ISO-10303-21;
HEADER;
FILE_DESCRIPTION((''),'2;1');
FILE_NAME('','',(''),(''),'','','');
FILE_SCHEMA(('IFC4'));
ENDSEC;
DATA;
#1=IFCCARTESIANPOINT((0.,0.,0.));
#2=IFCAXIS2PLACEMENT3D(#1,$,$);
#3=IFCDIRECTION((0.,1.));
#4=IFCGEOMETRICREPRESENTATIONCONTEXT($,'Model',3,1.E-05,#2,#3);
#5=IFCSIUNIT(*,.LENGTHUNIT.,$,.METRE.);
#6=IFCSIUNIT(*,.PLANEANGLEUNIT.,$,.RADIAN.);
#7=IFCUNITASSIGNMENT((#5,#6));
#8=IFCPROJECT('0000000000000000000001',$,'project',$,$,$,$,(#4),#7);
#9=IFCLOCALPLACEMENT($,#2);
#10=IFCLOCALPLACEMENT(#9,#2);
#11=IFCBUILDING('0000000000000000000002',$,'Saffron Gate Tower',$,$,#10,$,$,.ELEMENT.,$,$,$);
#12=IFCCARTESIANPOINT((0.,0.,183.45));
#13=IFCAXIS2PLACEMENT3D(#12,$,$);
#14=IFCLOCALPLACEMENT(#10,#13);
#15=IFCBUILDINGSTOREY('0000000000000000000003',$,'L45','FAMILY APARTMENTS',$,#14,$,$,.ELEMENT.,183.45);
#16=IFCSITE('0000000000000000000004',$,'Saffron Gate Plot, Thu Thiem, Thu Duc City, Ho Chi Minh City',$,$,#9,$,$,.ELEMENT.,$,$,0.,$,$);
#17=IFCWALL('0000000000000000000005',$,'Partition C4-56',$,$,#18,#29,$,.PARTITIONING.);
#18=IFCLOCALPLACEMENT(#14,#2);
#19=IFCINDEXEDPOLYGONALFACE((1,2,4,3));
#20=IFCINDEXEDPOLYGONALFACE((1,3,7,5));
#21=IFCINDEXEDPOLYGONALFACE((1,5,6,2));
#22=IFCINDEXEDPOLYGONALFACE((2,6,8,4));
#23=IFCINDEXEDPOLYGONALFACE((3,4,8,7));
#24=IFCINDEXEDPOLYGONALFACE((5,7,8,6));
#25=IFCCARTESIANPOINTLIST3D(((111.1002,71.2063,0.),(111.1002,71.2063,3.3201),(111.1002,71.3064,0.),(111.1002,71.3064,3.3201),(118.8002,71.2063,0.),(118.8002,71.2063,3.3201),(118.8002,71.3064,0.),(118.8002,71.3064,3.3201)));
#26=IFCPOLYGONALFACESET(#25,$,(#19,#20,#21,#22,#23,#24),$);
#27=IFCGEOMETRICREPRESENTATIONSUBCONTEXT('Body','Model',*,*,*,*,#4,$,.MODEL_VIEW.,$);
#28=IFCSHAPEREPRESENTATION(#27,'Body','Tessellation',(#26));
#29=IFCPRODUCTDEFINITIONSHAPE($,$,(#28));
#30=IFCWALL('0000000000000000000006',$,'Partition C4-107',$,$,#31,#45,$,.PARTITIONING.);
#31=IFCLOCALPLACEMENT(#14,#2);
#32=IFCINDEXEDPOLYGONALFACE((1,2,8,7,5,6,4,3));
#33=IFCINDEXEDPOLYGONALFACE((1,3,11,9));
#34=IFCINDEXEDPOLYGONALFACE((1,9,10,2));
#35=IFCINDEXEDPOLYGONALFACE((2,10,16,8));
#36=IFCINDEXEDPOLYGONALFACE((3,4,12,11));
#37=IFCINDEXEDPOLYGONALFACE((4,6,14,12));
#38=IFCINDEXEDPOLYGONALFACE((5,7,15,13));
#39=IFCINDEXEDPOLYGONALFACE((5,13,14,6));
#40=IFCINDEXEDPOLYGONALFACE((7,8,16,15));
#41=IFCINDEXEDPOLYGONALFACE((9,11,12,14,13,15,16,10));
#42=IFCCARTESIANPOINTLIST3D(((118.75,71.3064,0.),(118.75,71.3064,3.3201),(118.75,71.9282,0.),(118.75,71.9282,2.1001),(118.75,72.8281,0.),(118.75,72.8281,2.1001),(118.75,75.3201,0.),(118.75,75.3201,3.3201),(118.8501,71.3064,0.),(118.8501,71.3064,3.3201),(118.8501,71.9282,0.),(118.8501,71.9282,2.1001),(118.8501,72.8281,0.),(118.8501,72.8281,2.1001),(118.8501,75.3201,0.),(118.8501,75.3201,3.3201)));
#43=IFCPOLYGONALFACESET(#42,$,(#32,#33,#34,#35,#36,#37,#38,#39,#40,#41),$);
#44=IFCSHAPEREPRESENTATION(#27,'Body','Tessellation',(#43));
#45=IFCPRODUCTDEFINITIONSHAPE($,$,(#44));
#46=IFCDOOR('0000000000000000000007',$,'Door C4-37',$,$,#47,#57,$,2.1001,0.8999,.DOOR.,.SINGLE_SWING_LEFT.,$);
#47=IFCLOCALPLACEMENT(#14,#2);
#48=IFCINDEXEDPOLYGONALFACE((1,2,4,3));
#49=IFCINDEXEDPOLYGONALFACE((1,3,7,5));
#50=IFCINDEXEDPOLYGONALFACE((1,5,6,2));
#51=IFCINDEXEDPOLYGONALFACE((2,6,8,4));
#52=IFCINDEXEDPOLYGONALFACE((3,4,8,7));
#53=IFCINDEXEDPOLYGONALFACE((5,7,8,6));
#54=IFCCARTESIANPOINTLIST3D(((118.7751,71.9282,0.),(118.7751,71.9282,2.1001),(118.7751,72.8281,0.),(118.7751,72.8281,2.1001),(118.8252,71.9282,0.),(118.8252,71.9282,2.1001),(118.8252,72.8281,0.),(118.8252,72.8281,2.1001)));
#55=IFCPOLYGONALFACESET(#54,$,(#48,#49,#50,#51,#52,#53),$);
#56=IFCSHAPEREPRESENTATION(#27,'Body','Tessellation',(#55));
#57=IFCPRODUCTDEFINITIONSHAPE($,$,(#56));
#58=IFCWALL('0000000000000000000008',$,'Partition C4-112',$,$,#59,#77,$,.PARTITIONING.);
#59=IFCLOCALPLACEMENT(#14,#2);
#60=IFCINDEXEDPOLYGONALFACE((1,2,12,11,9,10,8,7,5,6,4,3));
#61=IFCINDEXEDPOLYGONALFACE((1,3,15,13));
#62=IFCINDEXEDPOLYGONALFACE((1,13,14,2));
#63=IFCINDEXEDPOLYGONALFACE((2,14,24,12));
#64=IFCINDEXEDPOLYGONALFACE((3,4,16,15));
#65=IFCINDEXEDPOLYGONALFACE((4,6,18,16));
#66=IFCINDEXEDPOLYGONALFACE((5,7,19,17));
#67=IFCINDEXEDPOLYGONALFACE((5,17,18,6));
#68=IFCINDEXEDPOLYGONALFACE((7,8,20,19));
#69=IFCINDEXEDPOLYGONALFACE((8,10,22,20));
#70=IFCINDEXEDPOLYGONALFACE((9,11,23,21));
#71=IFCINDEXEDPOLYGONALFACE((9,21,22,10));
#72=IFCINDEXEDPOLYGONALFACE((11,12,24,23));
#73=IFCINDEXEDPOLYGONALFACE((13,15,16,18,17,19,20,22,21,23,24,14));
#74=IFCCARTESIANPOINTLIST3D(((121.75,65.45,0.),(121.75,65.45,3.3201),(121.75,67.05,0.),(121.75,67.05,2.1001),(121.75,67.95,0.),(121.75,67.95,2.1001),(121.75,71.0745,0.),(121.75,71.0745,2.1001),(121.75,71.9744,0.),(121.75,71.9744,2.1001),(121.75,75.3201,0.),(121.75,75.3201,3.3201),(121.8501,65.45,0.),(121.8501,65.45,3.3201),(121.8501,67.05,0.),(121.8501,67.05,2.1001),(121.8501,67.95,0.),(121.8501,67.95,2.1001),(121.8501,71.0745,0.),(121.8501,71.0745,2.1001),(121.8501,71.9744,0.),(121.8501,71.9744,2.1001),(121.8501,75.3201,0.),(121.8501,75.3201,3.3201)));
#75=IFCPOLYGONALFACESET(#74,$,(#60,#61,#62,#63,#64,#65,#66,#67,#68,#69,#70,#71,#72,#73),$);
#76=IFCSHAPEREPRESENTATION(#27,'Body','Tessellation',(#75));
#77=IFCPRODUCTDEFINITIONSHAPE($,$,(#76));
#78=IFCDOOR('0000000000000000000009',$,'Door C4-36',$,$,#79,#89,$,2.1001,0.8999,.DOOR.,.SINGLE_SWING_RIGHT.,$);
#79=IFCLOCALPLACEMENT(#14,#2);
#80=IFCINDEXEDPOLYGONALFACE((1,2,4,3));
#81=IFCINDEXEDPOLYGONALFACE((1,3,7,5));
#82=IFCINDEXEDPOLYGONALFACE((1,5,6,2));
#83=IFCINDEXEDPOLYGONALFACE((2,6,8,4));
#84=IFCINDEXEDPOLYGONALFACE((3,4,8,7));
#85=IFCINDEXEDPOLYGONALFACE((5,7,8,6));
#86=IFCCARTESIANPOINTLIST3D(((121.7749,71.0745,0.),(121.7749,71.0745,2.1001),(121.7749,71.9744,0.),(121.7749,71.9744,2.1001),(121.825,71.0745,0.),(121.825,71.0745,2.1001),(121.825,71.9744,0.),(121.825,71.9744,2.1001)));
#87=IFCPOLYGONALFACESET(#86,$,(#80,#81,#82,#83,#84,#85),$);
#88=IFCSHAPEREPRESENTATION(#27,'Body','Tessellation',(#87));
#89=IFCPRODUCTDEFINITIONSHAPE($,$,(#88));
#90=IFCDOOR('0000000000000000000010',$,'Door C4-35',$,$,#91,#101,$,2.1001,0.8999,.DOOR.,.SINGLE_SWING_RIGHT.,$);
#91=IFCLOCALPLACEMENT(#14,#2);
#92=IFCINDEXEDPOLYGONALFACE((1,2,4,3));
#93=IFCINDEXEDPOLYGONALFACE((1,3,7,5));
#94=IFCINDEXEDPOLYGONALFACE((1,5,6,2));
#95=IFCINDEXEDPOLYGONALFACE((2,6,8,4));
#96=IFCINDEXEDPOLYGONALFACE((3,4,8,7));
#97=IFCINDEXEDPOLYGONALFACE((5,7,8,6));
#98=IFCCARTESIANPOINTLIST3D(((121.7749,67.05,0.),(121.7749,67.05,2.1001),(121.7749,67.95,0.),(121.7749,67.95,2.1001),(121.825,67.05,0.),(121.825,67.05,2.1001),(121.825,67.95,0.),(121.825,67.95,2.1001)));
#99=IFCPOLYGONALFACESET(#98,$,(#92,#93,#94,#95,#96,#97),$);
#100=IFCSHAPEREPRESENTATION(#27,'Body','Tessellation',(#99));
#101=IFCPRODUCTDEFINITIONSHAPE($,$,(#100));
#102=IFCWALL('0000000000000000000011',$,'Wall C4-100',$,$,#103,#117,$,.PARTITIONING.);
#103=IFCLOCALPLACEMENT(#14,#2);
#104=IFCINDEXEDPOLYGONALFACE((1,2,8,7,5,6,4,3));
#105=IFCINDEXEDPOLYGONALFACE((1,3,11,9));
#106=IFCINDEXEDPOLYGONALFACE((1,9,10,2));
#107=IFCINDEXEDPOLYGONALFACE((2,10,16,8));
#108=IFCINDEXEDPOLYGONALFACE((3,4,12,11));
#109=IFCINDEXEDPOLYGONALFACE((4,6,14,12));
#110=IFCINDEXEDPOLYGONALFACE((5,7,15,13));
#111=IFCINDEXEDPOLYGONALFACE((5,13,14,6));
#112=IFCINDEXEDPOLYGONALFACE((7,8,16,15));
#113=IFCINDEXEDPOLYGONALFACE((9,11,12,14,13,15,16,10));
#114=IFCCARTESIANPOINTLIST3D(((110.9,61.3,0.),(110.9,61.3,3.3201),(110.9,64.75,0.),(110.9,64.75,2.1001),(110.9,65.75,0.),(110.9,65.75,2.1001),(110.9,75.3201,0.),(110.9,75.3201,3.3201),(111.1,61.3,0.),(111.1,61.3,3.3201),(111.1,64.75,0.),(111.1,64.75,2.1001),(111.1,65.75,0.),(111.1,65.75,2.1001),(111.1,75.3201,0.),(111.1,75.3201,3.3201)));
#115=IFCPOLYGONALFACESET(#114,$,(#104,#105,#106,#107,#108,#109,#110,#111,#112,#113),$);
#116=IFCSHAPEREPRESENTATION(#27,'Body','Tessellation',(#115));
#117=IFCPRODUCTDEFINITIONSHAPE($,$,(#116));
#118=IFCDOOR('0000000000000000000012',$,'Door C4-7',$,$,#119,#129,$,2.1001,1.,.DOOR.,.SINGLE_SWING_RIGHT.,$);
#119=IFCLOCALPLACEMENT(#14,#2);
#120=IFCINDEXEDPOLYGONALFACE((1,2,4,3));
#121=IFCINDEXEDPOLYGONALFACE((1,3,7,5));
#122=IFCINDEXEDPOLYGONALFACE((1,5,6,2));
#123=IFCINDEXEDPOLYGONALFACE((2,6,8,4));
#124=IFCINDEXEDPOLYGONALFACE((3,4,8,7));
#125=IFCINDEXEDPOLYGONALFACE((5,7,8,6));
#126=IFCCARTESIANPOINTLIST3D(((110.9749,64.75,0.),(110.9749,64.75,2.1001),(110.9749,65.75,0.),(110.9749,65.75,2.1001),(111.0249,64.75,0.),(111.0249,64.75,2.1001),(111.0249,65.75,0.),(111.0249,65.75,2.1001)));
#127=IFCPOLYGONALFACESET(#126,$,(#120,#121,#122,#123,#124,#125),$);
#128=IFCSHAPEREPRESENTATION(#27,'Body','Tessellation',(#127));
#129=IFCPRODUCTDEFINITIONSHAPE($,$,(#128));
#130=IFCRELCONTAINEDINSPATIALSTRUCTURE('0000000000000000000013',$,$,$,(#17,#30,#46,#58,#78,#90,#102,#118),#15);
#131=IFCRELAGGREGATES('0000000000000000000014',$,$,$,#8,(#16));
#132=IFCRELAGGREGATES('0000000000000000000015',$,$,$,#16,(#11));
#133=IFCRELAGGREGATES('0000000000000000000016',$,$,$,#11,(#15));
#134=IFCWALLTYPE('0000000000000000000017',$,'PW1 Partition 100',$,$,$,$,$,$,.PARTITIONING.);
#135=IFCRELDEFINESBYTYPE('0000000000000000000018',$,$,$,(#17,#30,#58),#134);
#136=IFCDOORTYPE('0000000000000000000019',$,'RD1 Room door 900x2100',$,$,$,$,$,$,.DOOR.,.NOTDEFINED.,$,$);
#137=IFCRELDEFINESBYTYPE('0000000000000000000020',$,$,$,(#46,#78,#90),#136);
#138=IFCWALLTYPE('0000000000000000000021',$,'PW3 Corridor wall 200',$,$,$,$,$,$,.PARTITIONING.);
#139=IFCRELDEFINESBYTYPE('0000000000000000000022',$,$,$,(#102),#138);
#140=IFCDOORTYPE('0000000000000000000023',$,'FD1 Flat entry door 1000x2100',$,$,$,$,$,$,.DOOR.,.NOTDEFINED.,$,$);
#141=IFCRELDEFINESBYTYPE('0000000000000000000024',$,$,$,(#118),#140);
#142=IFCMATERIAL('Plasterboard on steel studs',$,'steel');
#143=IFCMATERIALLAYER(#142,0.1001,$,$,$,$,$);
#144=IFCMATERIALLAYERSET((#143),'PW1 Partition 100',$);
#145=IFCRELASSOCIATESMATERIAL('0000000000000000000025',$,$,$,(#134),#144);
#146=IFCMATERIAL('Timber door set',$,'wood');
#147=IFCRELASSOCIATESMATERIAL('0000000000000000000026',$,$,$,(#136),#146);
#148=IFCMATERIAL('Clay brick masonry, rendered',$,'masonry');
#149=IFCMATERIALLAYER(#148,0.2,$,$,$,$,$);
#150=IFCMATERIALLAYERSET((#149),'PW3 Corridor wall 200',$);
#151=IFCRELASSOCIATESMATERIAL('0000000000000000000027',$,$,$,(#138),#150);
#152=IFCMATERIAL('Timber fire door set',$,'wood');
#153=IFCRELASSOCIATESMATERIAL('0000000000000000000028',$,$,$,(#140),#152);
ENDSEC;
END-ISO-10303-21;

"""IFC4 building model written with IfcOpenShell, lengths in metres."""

from ifc_helpers import new_model, si_unit, direction, frame, frame_2d, origin, place, context, subcontext, project, spatial, rectangle, extrude, material, layer, layer_set, type_object, element, fill, save


model = new_model("IFC4")

# Units and contexts
model_context = context("Model", 3, precision=1e-05, world=origin(), true_north=direction((0.0, 1.0)))
body_context = subcontext(model_context, "Body", "Model", "MODEL_VIEW")
ifc_project = project(units=[si_unit("LENGTHUNIT", "METRE"), si_unit("PLANEANGLEUNIT", "RADIAN")], contexts=[model_context])

# Site, building, storey
site_placement = place(None, origin())
site = spatial("IfcSite", under=ifc_project, at=site_placement, Name="Saffron Gate Plot, Thu Thiem, Thu Duc City, Ho Chi Minh City", CompositionType="ELEMENT", RefElevation=0.0)
building_placement = place(site_placement, origin())
building = spatial("IfcBuilding", under=site, at=building_placement, Name="Saffron Gate Tower", CompositionType="ELEMENT")
storey_placement = place(building_placement, frame((0.0, 0.0, 183.45)))
storey = spatial("IfcBuildingStorey", under=building, at=storey_placement, Name="L45", Description="FAMILY APARTMENTS", CompositionType="ELEMENT", Elevation=183.45)

# Wall
ifc_material_1 = material(Name="Plasterboard on steel studs", Category="steel")
ifc_layer_1 = layer(ifc_material_1, 0.1001)
ifc_layer_set_1 = layer_set([ifc_layer_1], Name="PW1 Partition 100")
wall_type_1 = type_object("IfcWallType", Name="PW1 Partition 100", PredefinedType="PARTITIONING", material=ifc_layer_set_1)
wall_1_placement = place(storey_placement, frame((111.1001, 71.2563, 0.0), z_axis=(0.0, 0.0, 1.0), x_axis=(1.0, 0.0, 0.0)))
element("IfcWall", 1, at=wall_1_placement, inside=storey, type_object=wall_type_1, Name="Partition C4-56", PredefinedType="PARTITIONING", context=body_context, shape_type="SweptSolid", body=[
    extrude(rectangle(XDim=7.7, YDim=0.1001, at=frame_2d((3.8501, 0.0))), origin(), (0.0, 0.0, 1.0), 3.3201),
])

# Wall, opening, door
wall_2_placement = place(storey_placement, frame((118.8, 71.3064, 0.0), z_axis=(0.0, 0.0, 1.0), x_axis=(0.0, 1.0, 0.0)))
wall_2 = element("IfcWall", 2, at=wall_2_placement, inside=storey, type_object=wall_type_1, Name="Partition C4-107", PredefinedType="PARTITIONING", context=body_context, shape_type="SweptSolid", body=[
    extrude(rectangle(XDim=4.0137, YDim=0.1001, at=frame_2d((2.0068, 0.0))), origin(), (0.0, 0.0, 1.0), 3.3201),
])
opening_1_placement = place(wall_2_placement, frame((0.6218, 0.0, 0.0)))
opening_1 = element("IfcOpeningElement", 3, at=opening_1_placement, cuts=wall_2, PredefinedType="OPENING", context=body_context, shape_type="SweptSolid", body=[
    extrude(rectangle(XDim=0.8999, YDim=2.1001, at=frame_2d((0.45, 1.05))), frame((0.0, 0.0601, 0.0), z_axis=(0.0, -1.0, 0.0), x_axis=(1.0, 0.0, 0.0)), (0.0, 0.0, 1.0), 0.1201),
])
ifc_material_2 = material(Name="Timber door set", Category="wood")
door_type_1 = type_object("IfcDoorType", Name="RD1 Room door 900x2100", OperationType="NOTDEFINED", PredefinedType="DOOR", material=ifc_material_2)
door_1_placement = place(opening_1_placement, origin())
door_1 = element("IfcDoor", 4, at=door_1_placement, inside=storey, type_object=door_type_1, Name="Door C4-37", OperationType="SINGLE_SWING_LEFT", OverallHeight=2.1001, OverallWidth=0.8999, PredefinedType="DOOR", context=body_context, shape_type="SweptSolid", body=[
    extrude(rectangle(XDim=0.8999, YDim=2.1001, at=frame_2d((0.45, 1.05))), frame((0.0, 0.0249, 0.0), z_axis=(0.0, -1.0, 0.0), x_axis=(1.0, 0.0, 0.0)), (0.0, 0.0, 1.0), 0.05),
])
fill(opening_1, door_1)

# Wall, openings, doors
wall_3_placement = place(storey_placement, frame((121.8, 75.3201, 0.0), z_axis=(0.0, 0.0, 1.0), x_axis=(0.0, -1.0, 0.0)))
wall_3 = element("IfcWall", 5, at=wall_3_placement, inside=storey, type_object=wall_type_1, Name="Partition C4-112", PredefinedType="PARTITIONING", context=body_context, shape_type="SweptSolid", body=[
    extrude(rectangle(XDim=9.8701, YDim=0.1001, at=frame_2d((4.9351, 0.0))), origin(), (0.0, 0.0, 1.0), 3.3201),
])
opening_2_placement = place(wall_3_placement, frame((3.3457, 0.0, 0.0)))
opening_2 = element("IfcOpeningElement", 6, at=opening_2_placement, cuts=wall_3, PredefinedType="OPENING", context=body_context, shape_type="SweptSolid", body=[
    extrude(rectangle(XDim=0.8999, YDim=2.1001, at=frame_2d((0.45, 1.05))), frame((0.0, 0.0601, 0.0), z_axis=(0.0, -1.0, 0.0), x_axis=(1.0, 0.0, 0.0)), (0.0, 0.0, 1.0), 0.1201),
])
opening_3_placement = place(wall_3_placement, frame((7.3701, 0.0, 0.0)))
opening_3 = element("IfcOpeningElement", 7, at=opening_3_placement, cuts=wall_3, PredefinedType="OPENING", context=body_context, shape_type="SweptSolid", body=[
    extrude(rectangle(XDim=0.8999, YDim=2.1001, at=frame_2d((0.45, 1.05))), frame((0.0, 0.0601, 0.0), z_axis=(0.0, -1.0, 0.0), x_axis=(1.0, 0.0, 0.0)), (0.0, 0.0, 1.0), 0.1201),
])
door_2_placement = place(opening_2_placement, origin())
door_2 = element("IfcDoor", 8, at=door_2_placement, inside=storey, type_object=door_type_1, Name="Door C4-36", OperationType="SINGLE_SWING_RIGHT", OverallHeight=2.1001, OverallWidth=0.8999, PredefinedType="DOOR", context=body_context, shape_type="SweptSolid", body=[
    extrude(rectangle(XDim=0.8999, YDim=2.1001, at=frame_2d((0.45, 1.05))), frame((0.0, 0.0249, 0.0), z_axis=(0.0, -1.0, 0.0), x_axis=(1.0, 0.0, 0.0)), (0.0, 0.0, 1.0), 0.05),
])
fill(opening_2, door_2)
door_3_placement = place(opening_3_placement, origin())
door_3 = element("IfcDoor", 9, at=door_3_placement, inside=storey, type_object=door_type_1, Name="Door C4-35", OperationType="SINGLE_SWING_RIGHT", OverallHeight=2.1001, OverallWidth=0.8999, PredefinedType="DOOR", context=body_context, shape_type="SweptSolid", body=[
    extrude(rectangle(XDim=0.8999, YDim=2.1001, at=frame_2d((0.45, 1.05))), frame((0.0, 0.0249, 0.0), z_axis=(0.0, -1.0, 0.0), x_axis=(1.0, 0.0, 0.0)), (0.0, 0.0, 1.0), 0.05),
])
fill(opening_3, door_3)

# Wall, opening, door
ifc_material_3 = material(Name="Clay brick masonry, rendered", Category="masonry")
ifc_layer_2 = layer(ifc_material_3, 0.2)
ifc_layer_set_2 = layer_set([ifc_layer_2], Name="PW3 Corridor wall 200")
wall_type_2 = type_object("IfcWallType", Name="PW3 Corridor wall 200", PredefinedType="PARTITIONING", material=ifc_layer_set_2)
wall_4_placement = place(storey_placement, frame((111.0, 75.3201, 0.0), z_axis=(0.0, 0.0, 1.0), x_axis=(0.0, -1.0, 0.0)))
wall_4 = element("IfcWall", 10, at=wall_4_placement, inside=storey, type_object=wall_type_2, Name="Wall C4-100", PredefinedType="PARTITIONING", context=body_context, shape_type="SweptSolid", body=[
    extrude(rectangle(XDim=14.02, YDim=0.2, at=frame_2d((7.01, 0.0))), origin(), (0.0, 0.0, 1.0), 3.3201),
])
opening_4_placement = place(wall_4_placement, frame((9.5701, 0.0, 0.0)))
opening_4 = element("IfcOpeningElement", 11, at=opening_4_placement, cuts=wall_4, PredefinedType="OPENING", context=body_context, shape_type="SweptSolid", body=[
    extrude(rectangle(XDim=1.0, YDim=2.1001, at=frame_2d((0.5, 1.05))), frame((0.0, 0.1099, 0.0), z_axis=(0.0, -1.0, 0.0), x_axis=(1.0, 0.0, 0.0)), (0.0, 0.0, 1.0), 0.22),
])
ifc_material_4 = material(Name="Timber fire door set", Category="wood")
door_type_2 = type_object("IfcDoorType", Name="FD1 Flat entry door 1000x2100", OperationType="NOTDEFINED", PredefinedType="DOOR", material=ifc_material_4)
door_4_placement = place(opening_4_placement, origin())
door_4 = element("IfcDoor", 12, at=door_4_placement, inside=storey, type_object=door_type_2, Name="Door C4-7", OperationType="SINGLE_SWING_RIGHT", OverallHeight=2.1001, OverallWidth=1.0, PredefinedType="DOOR", context=body_context, shape_type="SweptSolid", body=[
    extrude(rectangle(XDim=1.0, YDim=2.1001, at=frame_2d((0.5, 1.05))), frame((0.0, 0.0249, 0.0), z_axis=(0.0, -1.0, 0.0), x_axis=(1.0, 0.0, 0.0)), (0.0, 0.0, 1.0), 0.05),
])
fill(opening_4, door_4)

save(model, "model.ifc")
